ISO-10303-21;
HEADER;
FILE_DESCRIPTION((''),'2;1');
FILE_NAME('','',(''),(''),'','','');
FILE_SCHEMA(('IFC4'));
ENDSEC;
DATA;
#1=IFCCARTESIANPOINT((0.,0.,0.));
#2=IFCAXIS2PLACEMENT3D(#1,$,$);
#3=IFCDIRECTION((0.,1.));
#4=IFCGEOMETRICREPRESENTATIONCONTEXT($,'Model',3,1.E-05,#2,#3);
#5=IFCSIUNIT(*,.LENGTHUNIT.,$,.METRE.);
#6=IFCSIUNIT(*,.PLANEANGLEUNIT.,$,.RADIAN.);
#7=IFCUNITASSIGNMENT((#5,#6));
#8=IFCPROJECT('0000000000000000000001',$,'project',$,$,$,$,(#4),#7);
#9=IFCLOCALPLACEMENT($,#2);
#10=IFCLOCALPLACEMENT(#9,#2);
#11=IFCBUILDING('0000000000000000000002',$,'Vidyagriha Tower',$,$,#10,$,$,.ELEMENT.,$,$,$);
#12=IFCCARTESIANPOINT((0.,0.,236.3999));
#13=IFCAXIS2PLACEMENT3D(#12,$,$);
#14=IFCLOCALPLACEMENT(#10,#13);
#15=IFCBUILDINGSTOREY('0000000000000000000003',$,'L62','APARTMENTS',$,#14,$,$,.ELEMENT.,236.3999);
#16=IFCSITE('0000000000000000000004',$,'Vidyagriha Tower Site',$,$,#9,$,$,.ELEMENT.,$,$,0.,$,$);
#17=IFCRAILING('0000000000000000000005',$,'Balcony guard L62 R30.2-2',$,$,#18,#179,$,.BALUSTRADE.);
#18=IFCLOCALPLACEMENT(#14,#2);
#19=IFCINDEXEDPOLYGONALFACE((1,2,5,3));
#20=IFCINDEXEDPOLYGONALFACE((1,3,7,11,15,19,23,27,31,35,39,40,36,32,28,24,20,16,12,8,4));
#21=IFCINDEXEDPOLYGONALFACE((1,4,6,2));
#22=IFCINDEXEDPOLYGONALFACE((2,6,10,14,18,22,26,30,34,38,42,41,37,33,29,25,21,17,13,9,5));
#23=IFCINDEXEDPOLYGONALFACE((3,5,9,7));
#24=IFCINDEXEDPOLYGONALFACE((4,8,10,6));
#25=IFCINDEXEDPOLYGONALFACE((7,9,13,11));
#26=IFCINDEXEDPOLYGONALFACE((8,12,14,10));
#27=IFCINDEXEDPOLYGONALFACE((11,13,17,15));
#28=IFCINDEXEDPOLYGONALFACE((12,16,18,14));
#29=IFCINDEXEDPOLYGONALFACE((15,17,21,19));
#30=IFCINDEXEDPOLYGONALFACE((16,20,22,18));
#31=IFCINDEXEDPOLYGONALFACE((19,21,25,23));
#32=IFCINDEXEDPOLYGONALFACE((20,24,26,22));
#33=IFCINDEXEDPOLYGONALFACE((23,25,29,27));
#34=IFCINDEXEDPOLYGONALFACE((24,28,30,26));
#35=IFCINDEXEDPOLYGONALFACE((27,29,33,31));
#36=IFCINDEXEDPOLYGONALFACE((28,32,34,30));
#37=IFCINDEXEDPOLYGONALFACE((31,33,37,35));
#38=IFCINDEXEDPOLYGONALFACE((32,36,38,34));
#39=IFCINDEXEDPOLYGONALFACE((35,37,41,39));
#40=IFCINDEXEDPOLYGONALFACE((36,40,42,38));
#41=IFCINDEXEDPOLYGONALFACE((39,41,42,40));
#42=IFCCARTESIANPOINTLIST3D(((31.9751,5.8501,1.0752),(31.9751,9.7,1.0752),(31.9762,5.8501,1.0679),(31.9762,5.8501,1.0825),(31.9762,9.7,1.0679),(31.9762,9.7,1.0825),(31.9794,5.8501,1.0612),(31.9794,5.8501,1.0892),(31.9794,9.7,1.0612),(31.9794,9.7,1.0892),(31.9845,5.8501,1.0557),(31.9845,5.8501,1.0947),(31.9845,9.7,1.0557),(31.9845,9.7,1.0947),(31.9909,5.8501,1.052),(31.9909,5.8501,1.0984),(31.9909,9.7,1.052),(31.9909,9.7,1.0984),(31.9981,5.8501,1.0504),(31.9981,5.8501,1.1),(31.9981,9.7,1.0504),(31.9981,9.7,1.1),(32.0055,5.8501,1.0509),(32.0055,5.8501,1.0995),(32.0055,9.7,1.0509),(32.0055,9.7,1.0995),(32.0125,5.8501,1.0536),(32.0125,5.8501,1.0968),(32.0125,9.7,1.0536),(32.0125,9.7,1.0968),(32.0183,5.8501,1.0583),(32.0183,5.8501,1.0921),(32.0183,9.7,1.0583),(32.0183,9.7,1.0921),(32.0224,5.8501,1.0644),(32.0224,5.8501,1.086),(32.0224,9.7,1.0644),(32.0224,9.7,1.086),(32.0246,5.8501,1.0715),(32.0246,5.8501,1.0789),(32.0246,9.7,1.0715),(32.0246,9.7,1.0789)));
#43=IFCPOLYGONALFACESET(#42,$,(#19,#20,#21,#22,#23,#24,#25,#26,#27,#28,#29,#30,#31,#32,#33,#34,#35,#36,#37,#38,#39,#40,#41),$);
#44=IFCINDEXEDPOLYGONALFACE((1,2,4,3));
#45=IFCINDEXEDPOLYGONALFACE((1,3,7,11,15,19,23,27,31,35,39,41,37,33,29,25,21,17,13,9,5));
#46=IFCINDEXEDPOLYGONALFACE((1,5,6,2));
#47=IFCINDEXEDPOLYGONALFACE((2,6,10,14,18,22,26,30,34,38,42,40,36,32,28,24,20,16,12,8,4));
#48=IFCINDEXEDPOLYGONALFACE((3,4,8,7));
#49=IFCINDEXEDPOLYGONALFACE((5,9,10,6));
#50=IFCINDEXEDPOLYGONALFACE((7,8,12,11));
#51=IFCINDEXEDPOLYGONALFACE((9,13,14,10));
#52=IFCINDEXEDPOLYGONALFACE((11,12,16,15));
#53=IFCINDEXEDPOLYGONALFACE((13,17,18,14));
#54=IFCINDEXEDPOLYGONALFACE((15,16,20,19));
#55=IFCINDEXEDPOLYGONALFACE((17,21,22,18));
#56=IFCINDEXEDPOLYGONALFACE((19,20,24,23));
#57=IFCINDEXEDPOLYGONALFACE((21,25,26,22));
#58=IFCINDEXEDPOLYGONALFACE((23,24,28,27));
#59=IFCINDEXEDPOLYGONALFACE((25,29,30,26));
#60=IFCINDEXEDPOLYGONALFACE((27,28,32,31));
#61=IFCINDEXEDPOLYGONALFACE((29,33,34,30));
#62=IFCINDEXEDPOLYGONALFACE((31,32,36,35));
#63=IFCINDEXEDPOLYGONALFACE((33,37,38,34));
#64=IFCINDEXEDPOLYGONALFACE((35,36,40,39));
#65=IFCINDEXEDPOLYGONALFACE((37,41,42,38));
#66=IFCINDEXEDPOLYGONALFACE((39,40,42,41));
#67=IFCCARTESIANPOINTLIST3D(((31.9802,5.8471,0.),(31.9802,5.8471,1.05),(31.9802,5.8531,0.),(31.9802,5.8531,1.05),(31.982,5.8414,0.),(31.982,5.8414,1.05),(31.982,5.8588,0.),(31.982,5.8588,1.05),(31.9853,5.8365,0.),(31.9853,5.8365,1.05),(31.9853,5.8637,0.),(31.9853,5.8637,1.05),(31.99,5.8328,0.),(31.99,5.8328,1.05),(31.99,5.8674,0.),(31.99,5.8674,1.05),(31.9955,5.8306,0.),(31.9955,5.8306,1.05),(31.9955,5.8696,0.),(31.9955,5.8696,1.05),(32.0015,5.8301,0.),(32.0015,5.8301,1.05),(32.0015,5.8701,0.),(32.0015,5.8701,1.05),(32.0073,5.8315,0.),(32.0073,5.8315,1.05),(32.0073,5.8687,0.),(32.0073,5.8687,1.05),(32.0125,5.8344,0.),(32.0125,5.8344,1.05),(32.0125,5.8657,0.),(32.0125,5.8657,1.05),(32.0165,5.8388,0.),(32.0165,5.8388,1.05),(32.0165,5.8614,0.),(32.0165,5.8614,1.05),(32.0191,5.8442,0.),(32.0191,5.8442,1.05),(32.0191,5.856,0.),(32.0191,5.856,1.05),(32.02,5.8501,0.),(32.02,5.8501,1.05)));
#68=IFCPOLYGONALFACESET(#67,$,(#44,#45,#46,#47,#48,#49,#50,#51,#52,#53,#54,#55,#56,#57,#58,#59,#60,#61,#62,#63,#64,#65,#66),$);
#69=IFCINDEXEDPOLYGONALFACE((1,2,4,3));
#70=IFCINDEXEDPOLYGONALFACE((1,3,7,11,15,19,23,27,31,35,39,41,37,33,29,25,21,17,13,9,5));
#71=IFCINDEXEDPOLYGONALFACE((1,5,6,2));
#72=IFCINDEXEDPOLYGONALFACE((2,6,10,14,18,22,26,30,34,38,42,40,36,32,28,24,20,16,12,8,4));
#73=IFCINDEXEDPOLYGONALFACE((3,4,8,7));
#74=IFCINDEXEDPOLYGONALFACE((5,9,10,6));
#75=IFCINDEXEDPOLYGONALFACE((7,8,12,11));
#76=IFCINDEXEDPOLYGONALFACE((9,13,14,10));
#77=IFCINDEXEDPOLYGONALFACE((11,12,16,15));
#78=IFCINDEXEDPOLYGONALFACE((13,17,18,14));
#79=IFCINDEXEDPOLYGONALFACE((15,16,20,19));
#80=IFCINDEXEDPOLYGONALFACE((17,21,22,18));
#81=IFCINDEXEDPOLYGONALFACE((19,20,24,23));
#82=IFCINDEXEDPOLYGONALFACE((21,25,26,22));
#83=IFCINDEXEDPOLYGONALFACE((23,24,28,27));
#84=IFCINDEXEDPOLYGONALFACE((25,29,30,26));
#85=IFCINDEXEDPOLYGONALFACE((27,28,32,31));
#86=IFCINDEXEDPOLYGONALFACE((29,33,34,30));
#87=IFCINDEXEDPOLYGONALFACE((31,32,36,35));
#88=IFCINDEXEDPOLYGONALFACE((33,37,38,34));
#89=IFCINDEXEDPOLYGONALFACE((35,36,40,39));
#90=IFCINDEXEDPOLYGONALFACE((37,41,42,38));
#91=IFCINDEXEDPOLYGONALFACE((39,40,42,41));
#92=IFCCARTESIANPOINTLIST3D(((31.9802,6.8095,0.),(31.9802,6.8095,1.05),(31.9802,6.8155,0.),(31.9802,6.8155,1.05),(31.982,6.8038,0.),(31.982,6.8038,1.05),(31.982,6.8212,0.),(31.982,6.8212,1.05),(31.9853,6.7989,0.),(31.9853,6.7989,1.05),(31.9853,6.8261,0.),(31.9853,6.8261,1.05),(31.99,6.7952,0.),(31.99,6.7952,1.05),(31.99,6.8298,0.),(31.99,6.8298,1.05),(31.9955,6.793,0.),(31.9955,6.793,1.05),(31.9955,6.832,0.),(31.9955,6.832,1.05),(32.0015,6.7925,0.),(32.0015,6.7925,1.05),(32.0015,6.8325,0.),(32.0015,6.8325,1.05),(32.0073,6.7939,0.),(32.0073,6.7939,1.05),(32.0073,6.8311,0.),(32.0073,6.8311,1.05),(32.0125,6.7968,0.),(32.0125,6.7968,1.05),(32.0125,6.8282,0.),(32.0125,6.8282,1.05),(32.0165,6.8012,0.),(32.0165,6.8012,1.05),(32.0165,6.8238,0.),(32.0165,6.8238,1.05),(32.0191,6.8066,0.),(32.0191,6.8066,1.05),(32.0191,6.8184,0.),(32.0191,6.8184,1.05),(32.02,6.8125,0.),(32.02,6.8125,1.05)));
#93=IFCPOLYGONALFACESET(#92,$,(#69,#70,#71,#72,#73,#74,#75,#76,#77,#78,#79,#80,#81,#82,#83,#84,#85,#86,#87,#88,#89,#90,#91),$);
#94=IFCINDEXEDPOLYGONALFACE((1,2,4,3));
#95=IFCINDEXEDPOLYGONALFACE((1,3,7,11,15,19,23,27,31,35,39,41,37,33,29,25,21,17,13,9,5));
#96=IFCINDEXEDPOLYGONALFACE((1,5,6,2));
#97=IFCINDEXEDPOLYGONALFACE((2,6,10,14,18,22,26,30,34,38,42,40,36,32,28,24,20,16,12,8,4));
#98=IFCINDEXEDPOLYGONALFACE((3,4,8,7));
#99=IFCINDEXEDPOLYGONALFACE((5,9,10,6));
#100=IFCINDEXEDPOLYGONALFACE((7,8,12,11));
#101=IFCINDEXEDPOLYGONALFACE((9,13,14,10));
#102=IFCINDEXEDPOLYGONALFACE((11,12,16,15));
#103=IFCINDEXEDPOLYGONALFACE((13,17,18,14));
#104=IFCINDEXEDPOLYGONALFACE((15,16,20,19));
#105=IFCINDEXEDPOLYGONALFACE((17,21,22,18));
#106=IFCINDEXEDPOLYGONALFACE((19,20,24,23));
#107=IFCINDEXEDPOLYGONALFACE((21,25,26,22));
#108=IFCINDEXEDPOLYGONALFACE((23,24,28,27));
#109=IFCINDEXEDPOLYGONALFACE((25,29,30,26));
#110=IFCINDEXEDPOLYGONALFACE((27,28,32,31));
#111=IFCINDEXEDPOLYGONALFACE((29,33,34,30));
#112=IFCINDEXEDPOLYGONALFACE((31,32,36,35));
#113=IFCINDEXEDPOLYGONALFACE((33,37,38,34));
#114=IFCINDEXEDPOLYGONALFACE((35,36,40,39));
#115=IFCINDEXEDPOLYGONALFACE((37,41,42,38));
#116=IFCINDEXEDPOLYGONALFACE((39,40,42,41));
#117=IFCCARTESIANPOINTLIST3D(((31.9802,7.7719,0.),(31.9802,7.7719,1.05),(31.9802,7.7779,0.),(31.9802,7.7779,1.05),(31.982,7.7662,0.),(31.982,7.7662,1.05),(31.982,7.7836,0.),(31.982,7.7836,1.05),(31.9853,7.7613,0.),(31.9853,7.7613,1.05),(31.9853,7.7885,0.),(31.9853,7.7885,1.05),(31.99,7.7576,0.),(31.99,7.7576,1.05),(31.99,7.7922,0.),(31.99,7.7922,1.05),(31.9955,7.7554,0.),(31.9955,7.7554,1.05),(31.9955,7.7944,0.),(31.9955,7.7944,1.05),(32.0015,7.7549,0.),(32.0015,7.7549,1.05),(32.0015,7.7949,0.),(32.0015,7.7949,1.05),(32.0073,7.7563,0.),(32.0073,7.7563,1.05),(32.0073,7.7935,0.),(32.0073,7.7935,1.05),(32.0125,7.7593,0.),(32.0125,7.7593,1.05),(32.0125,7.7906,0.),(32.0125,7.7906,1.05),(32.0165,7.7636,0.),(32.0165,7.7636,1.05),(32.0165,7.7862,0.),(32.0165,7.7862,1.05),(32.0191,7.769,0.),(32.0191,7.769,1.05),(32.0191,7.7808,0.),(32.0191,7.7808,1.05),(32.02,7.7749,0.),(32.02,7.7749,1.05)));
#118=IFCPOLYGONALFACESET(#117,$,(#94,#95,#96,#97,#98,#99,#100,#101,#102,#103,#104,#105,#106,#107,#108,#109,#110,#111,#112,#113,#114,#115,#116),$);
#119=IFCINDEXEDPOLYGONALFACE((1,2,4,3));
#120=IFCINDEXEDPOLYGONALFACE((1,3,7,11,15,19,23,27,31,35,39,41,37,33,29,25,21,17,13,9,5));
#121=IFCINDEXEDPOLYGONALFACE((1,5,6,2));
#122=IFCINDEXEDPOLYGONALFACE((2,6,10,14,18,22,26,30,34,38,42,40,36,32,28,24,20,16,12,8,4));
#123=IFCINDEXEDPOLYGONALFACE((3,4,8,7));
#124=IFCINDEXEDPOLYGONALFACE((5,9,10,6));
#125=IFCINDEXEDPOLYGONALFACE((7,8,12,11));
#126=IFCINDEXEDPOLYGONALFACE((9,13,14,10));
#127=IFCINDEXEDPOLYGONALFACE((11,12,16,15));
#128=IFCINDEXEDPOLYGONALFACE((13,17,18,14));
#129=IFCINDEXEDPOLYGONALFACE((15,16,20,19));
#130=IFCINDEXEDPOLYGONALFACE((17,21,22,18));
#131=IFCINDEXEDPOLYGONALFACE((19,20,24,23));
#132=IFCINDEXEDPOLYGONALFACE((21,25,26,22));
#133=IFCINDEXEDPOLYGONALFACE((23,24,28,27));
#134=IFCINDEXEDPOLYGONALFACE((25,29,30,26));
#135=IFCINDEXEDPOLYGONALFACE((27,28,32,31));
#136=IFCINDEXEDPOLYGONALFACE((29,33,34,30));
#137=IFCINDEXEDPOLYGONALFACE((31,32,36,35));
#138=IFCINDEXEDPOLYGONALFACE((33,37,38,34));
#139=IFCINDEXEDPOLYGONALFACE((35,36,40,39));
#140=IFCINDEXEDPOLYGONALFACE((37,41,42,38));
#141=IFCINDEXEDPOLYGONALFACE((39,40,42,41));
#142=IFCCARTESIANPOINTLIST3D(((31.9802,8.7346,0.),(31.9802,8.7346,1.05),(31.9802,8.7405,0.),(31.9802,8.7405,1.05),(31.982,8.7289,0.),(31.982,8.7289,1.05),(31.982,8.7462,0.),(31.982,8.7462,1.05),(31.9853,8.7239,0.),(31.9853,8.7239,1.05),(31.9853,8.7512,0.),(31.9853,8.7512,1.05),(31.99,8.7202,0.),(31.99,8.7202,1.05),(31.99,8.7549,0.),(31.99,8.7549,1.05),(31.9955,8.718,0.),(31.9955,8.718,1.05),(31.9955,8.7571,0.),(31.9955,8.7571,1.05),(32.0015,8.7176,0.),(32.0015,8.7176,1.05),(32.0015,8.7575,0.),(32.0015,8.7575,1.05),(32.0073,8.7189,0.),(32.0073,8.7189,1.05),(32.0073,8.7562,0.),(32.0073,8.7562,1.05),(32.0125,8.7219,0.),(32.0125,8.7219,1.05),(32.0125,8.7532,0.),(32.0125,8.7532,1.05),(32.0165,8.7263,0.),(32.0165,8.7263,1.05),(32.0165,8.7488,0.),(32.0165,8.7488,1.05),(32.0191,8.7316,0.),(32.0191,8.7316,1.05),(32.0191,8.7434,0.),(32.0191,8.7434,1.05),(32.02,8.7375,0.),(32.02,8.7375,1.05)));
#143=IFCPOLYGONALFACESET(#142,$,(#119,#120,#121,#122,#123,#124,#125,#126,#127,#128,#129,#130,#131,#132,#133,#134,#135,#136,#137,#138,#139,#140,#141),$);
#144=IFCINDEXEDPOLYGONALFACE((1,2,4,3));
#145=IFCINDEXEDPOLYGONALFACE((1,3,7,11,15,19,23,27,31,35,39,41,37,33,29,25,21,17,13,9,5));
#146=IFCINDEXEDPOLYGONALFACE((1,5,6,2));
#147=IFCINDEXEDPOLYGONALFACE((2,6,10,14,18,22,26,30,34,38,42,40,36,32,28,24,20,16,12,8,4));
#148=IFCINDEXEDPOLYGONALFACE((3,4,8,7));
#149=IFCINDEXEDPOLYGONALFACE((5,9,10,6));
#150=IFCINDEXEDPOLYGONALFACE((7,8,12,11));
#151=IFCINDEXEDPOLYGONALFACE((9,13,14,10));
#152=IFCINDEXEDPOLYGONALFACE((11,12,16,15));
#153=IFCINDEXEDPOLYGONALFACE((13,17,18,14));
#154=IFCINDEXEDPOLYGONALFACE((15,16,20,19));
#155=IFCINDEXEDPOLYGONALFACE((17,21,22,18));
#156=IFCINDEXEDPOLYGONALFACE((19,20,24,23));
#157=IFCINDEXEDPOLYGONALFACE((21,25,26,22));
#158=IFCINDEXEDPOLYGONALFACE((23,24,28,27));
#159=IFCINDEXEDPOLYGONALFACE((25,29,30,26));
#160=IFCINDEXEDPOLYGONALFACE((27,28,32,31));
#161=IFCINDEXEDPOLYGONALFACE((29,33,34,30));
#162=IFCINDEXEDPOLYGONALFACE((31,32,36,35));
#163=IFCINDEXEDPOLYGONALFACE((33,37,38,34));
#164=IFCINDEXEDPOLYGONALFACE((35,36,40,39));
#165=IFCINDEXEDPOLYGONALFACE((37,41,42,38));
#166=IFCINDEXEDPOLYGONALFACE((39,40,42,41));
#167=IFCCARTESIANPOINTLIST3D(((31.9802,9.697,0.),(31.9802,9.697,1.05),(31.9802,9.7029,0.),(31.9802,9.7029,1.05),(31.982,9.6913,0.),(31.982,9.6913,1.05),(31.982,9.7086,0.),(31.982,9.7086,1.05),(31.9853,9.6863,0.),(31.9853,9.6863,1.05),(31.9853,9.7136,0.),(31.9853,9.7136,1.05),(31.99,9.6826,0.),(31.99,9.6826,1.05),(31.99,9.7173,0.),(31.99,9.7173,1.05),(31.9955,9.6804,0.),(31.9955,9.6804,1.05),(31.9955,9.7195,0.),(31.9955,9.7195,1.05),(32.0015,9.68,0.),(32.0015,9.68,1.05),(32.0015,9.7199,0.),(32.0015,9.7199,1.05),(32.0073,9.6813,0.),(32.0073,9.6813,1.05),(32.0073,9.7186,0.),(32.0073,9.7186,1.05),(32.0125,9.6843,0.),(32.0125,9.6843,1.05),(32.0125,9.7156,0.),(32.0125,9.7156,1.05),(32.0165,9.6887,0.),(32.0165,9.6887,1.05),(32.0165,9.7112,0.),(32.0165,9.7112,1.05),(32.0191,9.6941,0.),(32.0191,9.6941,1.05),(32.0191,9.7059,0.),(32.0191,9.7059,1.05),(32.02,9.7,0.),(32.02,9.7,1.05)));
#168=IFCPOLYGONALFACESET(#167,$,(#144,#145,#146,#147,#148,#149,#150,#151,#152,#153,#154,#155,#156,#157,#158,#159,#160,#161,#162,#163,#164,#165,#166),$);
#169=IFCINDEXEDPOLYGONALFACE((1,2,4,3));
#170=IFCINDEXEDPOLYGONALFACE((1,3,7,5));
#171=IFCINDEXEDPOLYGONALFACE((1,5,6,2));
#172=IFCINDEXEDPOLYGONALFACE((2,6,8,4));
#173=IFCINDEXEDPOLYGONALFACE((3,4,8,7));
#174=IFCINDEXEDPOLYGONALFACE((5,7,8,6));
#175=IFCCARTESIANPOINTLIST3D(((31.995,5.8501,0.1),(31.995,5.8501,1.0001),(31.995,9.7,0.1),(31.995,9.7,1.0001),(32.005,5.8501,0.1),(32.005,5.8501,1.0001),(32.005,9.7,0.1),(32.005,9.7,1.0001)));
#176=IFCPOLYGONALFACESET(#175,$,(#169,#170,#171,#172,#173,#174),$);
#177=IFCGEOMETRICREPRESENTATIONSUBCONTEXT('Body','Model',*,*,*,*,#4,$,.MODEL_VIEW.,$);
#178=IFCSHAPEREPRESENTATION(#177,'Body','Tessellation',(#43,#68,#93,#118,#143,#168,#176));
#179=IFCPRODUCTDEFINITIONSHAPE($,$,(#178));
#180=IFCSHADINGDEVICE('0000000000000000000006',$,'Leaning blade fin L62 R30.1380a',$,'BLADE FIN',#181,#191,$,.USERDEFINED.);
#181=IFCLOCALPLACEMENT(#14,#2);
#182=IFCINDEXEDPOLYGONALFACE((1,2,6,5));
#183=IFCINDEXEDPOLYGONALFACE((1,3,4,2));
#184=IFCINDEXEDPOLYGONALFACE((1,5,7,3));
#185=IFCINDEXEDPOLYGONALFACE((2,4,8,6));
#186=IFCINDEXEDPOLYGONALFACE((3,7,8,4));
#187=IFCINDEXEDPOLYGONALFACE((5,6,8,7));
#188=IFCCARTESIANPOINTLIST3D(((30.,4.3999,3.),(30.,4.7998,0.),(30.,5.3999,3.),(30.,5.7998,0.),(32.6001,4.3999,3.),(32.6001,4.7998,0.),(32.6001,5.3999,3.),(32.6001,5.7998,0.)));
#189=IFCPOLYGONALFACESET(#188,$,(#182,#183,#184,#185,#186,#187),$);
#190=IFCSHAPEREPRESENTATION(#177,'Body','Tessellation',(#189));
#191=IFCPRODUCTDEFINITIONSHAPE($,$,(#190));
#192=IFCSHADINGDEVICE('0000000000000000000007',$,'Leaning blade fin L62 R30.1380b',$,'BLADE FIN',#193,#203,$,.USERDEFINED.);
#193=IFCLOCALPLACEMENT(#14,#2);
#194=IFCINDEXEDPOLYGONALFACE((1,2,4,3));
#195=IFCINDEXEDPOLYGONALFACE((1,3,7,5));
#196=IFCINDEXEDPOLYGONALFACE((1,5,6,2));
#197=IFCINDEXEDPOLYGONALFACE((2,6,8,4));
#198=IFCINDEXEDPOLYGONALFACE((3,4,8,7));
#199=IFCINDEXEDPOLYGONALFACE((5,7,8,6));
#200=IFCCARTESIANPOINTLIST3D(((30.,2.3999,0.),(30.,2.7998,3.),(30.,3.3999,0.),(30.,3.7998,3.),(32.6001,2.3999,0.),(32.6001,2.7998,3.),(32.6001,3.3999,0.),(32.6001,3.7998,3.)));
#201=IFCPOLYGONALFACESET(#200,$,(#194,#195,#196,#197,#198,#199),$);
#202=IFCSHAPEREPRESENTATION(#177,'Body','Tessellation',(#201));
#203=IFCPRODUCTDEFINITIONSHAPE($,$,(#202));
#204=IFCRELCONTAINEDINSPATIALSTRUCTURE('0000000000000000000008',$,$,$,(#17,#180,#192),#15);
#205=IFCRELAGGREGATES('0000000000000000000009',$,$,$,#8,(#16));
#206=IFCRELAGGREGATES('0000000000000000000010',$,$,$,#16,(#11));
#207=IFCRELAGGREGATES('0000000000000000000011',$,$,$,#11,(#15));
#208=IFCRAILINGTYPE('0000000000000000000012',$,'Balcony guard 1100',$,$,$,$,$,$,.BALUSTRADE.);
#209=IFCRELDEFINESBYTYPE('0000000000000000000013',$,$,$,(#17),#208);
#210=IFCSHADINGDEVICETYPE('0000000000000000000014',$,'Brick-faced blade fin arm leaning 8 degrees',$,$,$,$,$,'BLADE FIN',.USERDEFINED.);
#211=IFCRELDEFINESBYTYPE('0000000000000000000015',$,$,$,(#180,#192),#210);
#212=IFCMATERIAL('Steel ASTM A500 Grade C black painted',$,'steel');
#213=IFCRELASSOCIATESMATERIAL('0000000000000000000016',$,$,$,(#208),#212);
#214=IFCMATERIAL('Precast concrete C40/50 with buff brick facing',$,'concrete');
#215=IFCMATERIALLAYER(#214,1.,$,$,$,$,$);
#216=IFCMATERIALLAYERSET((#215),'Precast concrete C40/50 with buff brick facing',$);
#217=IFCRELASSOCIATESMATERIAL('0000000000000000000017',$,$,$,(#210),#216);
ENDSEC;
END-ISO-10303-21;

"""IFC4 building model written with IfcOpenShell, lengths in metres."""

from ifc_helpers import new_model, si_unit, direction, frame, origin, origin_2d, place, context, subcontext, project, spatial, polyline, rectangle, circle, outline, extrude, material, layer, layer_set, type_object, element, save


model = new_model("IFC4")

# Units and contexts
model_context = context("Model", 3, precision=1e-05, world=origin(), true_north=direction((0.0, 1.0)))
body_context = subcontext(model_context, "Body", "Model", "MODEL_VIEW")
ifc_project = project(units=[si_unit("LENGTHUNIT", "METRE"), si_unit("PLANEANGLEUNIT", "RADIAN")], contexts=[model_context])

# Site, building, storey
site_placement = place(None, origin())
site = spatial("IfcSite", under=ifc_project, at=site_placement, Name="Vidyagriha Tower Site", CompositionType="ELEMENT", RefElevation=0.0)
building_placement = place(site_placement, origin())
building = spatial("IfcBuilding", under=site, at=building_placement, Name="Vidyagriha Tower", CompositionType="ELEMENT")
storey_placement = place(building_placement, frame((0.0, 0.0, 236.3999)))
storey = spatial("IfcBuildingStorey", under=building, at=storey_placement, Name="L62", Description="APARTMENTS", CompositionType="ELEMENT", Elevation=236.3999)

# Railing
ifc_material_1 = material(Name="Steel ASTM A500 Grade C black painted", Category="steel")
railing_type_1 = type_object("IfcRailingType", Name="Balcony guard 1100", PredefinedType="BALUSTRADE", material=ifc_material_1)
railing_1_placement = place(storey_placement, frame((32.0, 5.8501, 0.0)))
element("IfcRailing", 1, at=railing_1_placement, inside=storey, type_object=railing_type_1, Name="Balcony guard L62 R30.2-2", PredefinedType="BALUSTRADE", context=body_context, shape_type="SweptSolid", body=[
    extrude(circle(Radius=0.0249, at=origin_2d()), frame((0.0, 0.0, 1.0752), z_axis=(0.0, 1.0, 0.0), x_axis=(-1.0, 0.0, 0.0)), (0.0, 0.0, 1.0), 3.8499),
    extrude(circle(Radius=0.02, at=origin_2d()), origin(), (0.0, 0.0, 1.0), 1.05),
    extrude(circle(Radius=0.02, at=origin_2d()), frame((0.0, 0.9624, 0.0)), (0.0, 0.0, 1.0), 1.05),
    extrude(circle(Radius=0.02, at=origin_2d()), frame((0.0, 1.9248, 0.0)), (0.0, 0.0, 1.0), 1.05),
    extrude(circle(Radius=0.02, at=origin_2d()), frame((0.0, 2.8875, 0.0)), (0.0, 0.0, 1.0), 1.05),
    extrude(circle(Radius=0.02, at=origin_2d()), frame((0.0, 3.8499, 0.0)), (0.0, 0.0, 1.0), 1.05),
    extrude(rectangle(XDim=0.01, YDim=0.9001, at=origin_2d()), frame((0.0, 0.0, 0.55), z_axis=(0.0, 1.0, 0.0), x_axis=(-1.0, 0.0, 0.0)), (0.0, 0.0, 1.0), 3.8499),
])

# Shading devices
ifc_material_2 = material(Name="Precast concrete C40/50 with buff brick facing", Category="concrete")
ifc_layer_1 = layer(ifc_material_2, 1.0)
ifc_layer_set_1 = layer_set([ifc_layer_1], Name="Precast concrete C40/50 with buff brick facing")
shading_device_type_1 = type_object("IfcShadingDeviceType", Name="Brick-faced blade fin arm leaning 8 degrees", ElementType="BLADE FIN", PredefinedType="USERDEFINED", material=ifc_layer_set_1)
shading_device_1_placement = place(storey_placement, frame((31.3, 4.3999, 0.0), z_axis=(0.0, 0.0, 1.0), x_axis=(0.0, 1.0, 0.0)))
element("IfcShadingDevice", 2, at=shading_device_1_placement, inside=storey, type_object=shading_device_type_1, Name="Leaning blade fin L62 R30.1380a", ObjectType="BLADE FIN", PredefinedType="USERDEFINED", context=body_context, shape_type="SweptSolid", body=[
    extrude(outline(polyline([(0.3999, 0.0), (1.3999, 0.0), (1.0, 3.0), (0.0, 3.0), (0.3999, 0.0)])), frame((0.0, 1.3, 0.0), z_axis=(0.0, -1.0, 0.0), x_axis=(1.0, 0.0, 0.0)), (0.0, 0.0, 1.0), 2.6001),
])
shading_device_2_placement = place(storey_placement, frame((31.3, 2.3999, 0.0), z_axis=(0.0, 0.0, 1.0), x_axis=(0.0, 1.0, 0.0)))
element("IfcShadingDevice", 3, at=shading_device_2_placement, inside=storey, type_object=shading_device_type_1, Name="Leaning blade fin L62 R30.1380b", ObjectType="BLADE FIN", PredefinedType="USERDEFINED", context=body_context, shape_type="SweptSolid", body=[
    extrude(outline(polyline([(0.0, 0.0), (1.0, 0.0), (1.3999, 3.0), (0.3999, 3.0), (0.0, 0.0)])), frame((0.0, 1.3, 0.0), z_axis=(0.0, -1.0, 0.0), x_axis=(1.0, 0.0, 0.0)), (0.0, 0.0, 1.0), 2.6001),
])

save(model, "model.ifc")
